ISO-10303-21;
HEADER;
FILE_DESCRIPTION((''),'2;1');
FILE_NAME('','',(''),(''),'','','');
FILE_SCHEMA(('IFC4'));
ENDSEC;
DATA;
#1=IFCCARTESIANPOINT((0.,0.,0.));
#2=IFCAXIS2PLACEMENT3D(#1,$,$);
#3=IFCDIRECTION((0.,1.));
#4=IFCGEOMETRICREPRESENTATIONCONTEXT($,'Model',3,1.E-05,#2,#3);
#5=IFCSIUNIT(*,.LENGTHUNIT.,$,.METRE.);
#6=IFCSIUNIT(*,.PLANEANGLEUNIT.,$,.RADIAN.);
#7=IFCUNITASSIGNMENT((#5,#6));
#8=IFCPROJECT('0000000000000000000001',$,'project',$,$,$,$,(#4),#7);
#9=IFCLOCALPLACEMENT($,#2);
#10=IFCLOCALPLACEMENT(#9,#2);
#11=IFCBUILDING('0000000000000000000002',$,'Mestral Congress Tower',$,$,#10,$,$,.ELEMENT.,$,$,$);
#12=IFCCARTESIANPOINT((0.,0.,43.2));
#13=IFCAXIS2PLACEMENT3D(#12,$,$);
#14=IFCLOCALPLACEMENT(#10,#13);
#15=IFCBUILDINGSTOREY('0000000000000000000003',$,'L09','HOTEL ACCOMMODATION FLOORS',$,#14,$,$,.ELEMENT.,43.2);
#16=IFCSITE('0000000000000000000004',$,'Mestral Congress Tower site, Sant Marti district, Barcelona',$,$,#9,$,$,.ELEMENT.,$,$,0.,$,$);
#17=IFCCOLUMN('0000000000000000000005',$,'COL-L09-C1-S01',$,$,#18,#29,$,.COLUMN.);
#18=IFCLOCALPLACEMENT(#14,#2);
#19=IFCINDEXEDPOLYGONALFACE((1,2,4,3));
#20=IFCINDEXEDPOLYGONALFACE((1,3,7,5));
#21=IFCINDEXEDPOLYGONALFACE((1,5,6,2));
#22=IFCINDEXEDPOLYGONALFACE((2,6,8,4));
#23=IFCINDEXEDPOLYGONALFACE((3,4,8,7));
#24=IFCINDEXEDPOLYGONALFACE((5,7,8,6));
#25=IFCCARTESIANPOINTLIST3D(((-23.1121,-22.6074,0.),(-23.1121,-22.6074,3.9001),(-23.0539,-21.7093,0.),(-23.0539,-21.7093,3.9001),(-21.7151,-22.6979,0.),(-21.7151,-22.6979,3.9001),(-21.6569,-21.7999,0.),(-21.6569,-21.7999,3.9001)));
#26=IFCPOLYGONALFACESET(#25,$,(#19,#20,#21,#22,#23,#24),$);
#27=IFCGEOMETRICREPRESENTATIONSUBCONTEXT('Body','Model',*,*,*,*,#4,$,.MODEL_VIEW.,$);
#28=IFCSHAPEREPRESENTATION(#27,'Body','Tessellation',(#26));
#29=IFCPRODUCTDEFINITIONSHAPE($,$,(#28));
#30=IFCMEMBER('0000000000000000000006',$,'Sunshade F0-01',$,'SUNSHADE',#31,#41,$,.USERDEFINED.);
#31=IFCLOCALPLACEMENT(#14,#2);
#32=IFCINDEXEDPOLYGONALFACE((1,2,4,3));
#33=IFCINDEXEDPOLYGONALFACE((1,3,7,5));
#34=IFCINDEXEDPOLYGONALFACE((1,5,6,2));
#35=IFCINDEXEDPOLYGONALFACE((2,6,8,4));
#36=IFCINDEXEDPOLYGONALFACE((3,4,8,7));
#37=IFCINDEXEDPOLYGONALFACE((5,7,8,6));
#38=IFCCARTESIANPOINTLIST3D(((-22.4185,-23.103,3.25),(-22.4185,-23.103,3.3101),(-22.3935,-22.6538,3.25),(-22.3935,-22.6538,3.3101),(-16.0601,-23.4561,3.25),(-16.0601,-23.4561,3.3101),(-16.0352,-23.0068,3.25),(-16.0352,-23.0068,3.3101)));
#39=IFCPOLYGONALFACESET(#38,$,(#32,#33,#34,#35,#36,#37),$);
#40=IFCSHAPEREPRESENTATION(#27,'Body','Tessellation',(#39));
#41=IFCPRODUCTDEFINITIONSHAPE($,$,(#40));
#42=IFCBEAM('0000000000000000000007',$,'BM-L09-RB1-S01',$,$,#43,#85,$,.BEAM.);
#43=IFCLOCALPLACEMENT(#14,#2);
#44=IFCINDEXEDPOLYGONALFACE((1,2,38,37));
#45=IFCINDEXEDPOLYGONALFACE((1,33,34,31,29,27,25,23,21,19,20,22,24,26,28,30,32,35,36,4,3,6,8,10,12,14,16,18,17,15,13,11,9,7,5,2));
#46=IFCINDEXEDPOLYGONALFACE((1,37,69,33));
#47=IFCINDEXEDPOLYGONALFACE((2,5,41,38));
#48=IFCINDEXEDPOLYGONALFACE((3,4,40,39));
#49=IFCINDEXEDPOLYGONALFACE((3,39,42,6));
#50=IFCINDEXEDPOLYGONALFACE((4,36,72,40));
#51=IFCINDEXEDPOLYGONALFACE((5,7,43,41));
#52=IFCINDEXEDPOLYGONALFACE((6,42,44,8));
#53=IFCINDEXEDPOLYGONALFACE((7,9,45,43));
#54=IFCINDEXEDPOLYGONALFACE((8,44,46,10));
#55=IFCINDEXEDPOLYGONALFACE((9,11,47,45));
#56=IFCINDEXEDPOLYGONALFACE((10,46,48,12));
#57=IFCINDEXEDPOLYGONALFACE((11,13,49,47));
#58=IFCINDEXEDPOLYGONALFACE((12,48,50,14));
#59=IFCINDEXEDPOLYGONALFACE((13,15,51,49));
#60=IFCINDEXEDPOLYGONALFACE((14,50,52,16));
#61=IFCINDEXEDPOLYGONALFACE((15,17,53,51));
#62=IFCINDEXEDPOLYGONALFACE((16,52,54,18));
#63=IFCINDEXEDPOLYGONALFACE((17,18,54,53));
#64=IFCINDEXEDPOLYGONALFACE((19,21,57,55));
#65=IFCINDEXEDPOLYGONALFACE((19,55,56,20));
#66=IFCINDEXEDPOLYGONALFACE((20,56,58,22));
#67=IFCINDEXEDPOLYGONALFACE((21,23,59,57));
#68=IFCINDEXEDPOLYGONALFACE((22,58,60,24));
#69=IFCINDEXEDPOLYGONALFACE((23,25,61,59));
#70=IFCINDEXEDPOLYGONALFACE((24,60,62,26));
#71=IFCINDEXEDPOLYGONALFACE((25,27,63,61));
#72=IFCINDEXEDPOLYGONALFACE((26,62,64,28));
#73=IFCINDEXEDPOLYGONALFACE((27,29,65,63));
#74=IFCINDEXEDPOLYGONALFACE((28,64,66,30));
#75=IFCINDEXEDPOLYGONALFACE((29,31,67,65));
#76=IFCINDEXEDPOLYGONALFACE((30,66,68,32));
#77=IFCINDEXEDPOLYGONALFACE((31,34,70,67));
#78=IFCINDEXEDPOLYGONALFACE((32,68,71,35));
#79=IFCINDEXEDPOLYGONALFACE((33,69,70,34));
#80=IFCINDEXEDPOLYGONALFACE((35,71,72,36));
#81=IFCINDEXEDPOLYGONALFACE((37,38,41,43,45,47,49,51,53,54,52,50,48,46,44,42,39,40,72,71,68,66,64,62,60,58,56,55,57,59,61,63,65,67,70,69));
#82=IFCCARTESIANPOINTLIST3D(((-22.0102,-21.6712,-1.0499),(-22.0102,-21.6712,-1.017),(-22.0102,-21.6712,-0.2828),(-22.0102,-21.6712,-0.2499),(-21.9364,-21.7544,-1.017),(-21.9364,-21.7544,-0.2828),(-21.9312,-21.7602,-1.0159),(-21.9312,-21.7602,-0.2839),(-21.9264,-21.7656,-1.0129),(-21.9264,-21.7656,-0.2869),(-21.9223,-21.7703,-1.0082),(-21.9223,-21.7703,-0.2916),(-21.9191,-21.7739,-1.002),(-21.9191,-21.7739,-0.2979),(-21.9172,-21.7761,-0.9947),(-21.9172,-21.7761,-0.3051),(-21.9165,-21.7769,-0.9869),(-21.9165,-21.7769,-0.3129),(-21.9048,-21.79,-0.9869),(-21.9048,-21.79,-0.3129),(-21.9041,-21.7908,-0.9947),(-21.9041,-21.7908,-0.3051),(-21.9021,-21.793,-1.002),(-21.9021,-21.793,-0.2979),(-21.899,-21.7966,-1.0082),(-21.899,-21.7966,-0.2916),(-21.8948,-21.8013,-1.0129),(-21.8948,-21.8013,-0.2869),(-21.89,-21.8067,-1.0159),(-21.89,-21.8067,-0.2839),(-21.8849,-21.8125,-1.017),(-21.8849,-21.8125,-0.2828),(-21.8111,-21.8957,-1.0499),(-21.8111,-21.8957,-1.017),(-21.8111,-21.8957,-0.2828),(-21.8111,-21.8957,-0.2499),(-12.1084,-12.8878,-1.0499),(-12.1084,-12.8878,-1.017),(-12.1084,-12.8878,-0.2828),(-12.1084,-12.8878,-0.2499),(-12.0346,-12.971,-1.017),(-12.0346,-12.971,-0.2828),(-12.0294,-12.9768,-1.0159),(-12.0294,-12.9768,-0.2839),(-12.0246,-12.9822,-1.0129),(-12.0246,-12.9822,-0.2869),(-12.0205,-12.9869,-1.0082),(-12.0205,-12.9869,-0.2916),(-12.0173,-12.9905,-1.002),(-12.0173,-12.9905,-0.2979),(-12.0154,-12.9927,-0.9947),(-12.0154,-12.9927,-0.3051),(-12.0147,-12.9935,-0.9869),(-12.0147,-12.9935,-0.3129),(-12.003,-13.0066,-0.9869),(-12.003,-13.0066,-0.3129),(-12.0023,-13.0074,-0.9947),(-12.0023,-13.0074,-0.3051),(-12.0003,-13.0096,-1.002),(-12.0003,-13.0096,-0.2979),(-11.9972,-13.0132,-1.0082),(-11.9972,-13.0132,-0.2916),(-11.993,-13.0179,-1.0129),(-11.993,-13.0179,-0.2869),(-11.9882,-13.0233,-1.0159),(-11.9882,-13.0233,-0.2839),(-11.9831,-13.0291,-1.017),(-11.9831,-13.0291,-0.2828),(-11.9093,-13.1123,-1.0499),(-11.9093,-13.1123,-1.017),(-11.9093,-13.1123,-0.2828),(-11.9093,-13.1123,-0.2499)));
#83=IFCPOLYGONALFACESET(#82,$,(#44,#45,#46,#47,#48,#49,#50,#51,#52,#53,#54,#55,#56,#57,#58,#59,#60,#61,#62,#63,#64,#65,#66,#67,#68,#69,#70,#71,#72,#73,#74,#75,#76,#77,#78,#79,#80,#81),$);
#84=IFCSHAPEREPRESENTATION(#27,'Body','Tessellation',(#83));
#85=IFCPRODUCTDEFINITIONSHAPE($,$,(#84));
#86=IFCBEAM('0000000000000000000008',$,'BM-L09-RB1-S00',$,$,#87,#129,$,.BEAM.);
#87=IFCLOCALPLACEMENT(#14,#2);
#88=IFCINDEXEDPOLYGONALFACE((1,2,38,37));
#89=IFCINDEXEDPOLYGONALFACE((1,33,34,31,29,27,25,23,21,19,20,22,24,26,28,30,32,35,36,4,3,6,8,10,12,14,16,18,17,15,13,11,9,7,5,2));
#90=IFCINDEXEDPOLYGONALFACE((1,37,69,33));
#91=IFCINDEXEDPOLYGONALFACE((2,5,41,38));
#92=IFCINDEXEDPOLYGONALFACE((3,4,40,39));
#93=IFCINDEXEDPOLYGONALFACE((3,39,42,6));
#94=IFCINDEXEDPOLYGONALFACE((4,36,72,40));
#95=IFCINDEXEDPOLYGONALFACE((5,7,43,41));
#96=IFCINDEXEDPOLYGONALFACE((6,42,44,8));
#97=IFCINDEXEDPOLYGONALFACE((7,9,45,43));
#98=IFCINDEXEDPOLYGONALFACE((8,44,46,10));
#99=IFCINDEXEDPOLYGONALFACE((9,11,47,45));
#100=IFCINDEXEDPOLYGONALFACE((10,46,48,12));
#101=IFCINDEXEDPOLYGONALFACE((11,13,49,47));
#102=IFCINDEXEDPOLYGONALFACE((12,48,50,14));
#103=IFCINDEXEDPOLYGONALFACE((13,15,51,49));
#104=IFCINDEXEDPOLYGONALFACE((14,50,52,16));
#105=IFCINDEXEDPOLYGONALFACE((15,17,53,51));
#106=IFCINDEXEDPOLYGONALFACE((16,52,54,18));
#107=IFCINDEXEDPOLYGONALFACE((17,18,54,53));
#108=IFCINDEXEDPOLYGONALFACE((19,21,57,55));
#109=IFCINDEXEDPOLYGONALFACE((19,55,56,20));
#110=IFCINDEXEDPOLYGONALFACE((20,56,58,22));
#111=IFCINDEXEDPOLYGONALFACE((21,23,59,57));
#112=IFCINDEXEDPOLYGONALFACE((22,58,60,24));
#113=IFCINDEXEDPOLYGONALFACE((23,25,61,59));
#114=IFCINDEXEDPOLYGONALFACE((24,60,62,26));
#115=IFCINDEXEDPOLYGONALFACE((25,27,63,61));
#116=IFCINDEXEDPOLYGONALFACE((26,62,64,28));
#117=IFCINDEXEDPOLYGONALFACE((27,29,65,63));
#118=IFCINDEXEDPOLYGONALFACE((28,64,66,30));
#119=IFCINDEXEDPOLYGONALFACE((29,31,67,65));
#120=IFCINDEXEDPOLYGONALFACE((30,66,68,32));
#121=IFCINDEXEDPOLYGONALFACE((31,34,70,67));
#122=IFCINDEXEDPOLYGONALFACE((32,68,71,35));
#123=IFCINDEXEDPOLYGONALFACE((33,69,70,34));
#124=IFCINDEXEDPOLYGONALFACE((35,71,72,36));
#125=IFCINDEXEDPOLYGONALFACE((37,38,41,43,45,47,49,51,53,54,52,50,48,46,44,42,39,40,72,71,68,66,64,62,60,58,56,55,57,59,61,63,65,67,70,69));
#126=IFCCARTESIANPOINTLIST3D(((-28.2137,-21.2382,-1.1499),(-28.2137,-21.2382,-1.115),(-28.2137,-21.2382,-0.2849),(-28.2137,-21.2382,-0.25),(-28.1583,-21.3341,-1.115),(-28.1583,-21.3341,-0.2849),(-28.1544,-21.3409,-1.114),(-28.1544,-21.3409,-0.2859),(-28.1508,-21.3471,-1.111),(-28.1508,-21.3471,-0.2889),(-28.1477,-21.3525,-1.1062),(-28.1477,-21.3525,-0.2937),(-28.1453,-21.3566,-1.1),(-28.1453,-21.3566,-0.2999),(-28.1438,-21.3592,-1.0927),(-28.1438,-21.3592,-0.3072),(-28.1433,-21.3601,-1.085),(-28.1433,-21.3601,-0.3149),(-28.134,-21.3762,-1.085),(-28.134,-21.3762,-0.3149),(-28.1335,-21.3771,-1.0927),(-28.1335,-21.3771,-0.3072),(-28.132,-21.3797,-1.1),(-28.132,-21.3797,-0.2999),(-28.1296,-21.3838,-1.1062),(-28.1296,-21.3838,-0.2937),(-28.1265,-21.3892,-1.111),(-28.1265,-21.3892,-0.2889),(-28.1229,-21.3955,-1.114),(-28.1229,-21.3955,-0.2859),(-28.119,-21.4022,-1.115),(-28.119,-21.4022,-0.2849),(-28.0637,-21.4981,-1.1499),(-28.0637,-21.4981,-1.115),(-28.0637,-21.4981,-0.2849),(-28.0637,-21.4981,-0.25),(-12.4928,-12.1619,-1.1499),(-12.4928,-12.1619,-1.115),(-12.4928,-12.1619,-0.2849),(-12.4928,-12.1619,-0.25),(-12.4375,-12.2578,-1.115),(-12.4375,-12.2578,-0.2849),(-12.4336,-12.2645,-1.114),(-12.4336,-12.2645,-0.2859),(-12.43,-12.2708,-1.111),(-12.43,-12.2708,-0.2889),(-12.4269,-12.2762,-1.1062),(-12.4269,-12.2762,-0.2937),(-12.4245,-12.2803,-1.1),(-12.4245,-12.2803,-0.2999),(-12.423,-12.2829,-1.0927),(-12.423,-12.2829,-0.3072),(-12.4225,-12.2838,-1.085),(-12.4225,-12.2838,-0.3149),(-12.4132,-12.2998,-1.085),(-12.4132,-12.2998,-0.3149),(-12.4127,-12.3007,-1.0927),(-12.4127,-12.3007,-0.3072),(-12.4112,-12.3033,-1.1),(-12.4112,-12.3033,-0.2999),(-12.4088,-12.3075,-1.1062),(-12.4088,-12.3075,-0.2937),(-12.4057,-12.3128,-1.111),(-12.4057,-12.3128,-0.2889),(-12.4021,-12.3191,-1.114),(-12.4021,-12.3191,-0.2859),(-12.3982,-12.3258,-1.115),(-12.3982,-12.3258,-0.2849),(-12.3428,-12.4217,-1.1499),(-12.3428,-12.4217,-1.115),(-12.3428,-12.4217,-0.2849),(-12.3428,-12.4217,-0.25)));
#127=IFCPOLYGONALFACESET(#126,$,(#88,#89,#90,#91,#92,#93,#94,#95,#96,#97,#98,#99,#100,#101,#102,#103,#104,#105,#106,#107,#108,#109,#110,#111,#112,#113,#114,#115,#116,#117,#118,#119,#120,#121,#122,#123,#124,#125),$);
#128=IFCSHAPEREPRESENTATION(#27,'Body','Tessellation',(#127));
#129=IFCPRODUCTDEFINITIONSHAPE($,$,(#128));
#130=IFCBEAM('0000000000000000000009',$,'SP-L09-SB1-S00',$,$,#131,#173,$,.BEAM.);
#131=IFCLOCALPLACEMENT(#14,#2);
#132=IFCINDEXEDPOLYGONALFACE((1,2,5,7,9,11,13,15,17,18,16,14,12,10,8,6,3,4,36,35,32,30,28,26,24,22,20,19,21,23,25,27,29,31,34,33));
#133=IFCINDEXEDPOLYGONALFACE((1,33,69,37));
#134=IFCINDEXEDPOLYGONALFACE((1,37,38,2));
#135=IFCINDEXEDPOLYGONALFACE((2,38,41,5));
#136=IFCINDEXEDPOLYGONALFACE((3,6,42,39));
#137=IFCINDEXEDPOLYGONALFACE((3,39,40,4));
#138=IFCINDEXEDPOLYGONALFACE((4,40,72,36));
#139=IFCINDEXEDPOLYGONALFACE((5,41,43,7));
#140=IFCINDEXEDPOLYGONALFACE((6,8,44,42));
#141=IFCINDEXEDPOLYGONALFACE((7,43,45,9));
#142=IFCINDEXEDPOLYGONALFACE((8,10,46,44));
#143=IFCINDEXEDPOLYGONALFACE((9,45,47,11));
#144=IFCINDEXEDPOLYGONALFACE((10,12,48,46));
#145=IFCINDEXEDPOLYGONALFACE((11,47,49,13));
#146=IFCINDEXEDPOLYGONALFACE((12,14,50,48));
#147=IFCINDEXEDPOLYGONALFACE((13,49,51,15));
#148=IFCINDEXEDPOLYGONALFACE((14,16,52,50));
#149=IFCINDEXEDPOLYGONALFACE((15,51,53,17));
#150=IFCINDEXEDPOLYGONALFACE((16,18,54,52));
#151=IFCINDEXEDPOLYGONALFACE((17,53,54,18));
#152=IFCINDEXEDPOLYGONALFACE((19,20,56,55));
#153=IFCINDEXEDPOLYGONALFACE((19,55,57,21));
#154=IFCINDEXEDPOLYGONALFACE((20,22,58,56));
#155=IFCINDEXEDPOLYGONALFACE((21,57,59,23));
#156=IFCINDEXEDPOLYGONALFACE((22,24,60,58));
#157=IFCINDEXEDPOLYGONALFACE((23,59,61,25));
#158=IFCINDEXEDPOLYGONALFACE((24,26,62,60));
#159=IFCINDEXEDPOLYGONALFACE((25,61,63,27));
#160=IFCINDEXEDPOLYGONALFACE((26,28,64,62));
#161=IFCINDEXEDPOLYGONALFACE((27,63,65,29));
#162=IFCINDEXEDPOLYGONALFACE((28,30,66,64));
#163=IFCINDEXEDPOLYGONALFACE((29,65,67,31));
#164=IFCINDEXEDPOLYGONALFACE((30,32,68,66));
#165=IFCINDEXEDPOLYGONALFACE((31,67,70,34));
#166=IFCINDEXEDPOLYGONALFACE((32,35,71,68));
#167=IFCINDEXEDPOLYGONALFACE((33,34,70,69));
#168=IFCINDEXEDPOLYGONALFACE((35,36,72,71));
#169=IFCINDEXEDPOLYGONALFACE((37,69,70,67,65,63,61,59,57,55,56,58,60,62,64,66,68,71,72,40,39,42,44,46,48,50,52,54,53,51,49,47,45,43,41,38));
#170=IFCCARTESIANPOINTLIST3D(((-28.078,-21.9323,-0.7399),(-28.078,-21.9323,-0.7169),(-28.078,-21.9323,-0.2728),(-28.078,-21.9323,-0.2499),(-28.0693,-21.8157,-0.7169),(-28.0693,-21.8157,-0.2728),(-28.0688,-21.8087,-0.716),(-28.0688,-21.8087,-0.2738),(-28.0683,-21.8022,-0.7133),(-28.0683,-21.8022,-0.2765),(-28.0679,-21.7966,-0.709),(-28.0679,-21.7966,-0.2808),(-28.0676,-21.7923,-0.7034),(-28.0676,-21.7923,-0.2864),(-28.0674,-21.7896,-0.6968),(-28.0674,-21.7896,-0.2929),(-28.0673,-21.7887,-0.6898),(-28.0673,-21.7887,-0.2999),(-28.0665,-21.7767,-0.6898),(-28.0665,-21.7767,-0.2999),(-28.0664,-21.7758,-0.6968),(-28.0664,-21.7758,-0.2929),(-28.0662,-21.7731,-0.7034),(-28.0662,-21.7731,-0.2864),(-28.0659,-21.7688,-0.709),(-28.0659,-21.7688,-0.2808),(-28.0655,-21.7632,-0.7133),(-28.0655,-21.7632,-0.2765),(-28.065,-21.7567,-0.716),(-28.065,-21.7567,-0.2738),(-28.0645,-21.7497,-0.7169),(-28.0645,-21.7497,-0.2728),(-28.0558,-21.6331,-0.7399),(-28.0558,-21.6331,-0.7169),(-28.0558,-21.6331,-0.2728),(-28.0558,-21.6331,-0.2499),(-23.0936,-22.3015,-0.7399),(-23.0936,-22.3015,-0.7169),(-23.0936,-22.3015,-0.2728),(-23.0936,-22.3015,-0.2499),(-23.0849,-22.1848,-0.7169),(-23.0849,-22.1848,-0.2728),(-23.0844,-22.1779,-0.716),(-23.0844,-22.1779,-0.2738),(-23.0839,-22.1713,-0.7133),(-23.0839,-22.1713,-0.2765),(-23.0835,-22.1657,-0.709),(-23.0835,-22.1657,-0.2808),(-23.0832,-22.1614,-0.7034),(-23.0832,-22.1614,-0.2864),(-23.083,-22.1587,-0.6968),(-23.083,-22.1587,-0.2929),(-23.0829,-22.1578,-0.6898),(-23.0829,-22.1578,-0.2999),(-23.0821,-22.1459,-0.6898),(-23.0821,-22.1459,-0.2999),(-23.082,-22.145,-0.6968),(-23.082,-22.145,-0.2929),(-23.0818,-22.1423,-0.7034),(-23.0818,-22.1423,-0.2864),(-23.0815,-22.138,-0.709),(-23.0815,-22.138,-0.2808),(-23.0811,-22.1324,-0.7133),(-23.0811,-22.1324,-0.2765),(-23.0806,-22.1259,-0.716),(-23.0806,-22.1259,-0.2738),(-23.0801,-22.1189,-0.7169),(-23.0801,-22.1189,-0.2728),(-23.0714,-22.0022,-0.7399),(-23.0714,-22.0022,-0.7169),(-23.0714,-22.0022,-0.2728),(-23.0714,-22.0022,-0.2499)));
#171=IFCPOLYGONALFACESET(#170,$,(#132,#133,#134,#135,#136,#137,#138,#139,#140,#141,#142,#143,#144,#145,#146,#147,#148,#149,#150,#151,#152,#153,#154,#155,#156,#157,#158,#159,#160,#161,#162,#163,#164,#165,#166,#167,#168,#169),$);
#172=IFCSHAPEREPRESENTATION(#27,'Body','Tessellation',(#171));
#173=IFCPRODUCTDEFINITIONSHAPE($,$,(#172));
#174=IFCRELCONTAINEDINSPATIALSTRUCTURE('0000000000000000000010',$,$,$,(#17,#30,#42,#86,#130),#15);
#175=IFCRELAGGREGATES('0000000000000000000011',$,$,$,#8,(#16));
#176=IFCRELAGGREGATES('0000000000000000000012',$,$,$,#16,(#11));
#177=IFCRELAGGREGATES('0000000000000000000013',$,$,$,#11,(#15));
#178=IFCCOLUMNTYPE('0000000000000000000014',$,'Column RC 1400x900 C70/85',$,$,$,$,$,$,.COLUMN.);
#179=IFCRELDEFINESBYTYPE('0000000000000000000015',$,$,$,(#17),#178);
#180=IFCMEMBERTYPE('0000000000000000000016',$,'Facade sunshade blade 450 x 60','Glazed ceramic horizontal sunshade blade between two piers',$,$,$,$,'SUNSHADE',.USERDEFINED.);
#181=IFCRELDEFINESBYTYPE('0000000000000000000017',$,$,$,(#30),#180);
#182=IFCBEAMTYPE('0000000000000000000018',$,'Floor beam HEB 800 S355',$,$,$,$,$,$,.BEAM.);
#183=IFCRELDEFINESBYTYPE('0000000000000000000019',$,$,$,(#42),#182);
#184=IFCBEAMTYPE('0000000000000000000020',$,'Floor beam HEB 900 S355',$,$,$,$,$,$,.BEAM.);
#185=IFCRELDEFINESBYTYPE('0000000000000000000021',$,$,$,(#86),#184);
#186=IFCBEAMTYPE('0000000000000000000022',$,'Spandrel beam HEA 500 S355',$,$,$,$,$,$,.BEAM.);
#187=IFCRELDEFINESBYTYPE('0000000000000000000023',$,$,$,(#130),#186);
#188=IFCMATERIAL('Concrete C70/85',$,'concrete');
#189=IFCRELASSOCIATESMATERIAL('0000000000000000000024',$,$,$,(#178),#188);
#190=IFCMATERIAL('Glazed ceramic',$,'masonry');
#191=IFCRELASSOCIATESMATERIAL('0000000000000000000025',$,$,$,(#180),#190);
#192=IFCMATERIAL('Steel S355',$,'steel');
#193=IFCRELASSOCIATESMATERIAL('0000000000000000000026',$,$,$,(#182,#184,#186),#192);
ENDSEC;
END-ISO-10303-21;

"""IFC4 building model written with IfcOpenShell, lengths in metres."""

from ifc_helpers import new_model, si_unit, direction, frame, origin, origin_2d, place, context, subcontext, project, spatial, rectangle, i_section, extrude, material, material_profile, profile_set, type_object, element, save


model = new_model("IFC4")

# Units and contexts
model_context = context("Model", 3, precision=1e-05, world=origin(), true_north=direction((0.0, 1.0)))
body_context = subcontext(model_context, "Body", "Model", "MODEL_VIEW")
ifc_project = project(units=[si_unit("LENGTHUNIT", "METRE"), si_unit("PLANEANGLEUNIT", "RADIAN")], contexts=[model_context])

# Site, building, storey
site_placement = place(None, origin())
site = spatial("IfcSite", under=ifc_project, at=site_placement, Name="Mestral Congress Tower site, Sant Marti district, Barcelona", CompositionType="ELEMENT", RefElevation=0.0)
building_placement = place(site_placement, origin())
building = spatial("IfcBuilding", under=site, at=building_placement, Name="Mestral Congress Tower", CompositionType="ELEMENT")
storey_placement = place(building_placement, frame((0.0, 0.0, 43.2)))
storey = spatial("IfcBuildingStorey", under=building, at=storey_placement, Name="L09", Description="HOTEL ACCOMMODATION FLOORS", CompositionType="ELEMENT", Elevation=43.2)

# Column
ifc_material_1 = material(Name="Concrete C70/85", Category="concrete")
ifc_material_profile_1 = material_profile(ifc_material_1, rectangle(XDim=1.3999, YDim=0.8999, at=origin_2d()), Name="RC 1400x900")
ifc_profile_set_1 = profile_set([ifc_material_profile_1], Name="Concrete C70/85")
column_type = type_object("IfcColumnType", Name="Column RC 1400x900 C70/85", PredefinedType="COLUMN", material=ifc_profile_set_1)
column_placement = place(storey_placement, frame((-22.3845, -22.2036, 0.0), z_axis=(0.0, 0.0, 1.0), x_axis=(0.997908, -0.064658, 0.0)))
element("IfcColumn", 1, at=column_placement, inside=storey, type_object=column_type, Name="COL-L09-C1-S01", PredefinedType="COLUMN", context=body_context, shape_type="SweptSolid", body=[
    extrude(rectangle(XDim=1.3999, YDim=0.8999, at=origin_2d()), origin(), (0.0, 0.0, 1.0), 3.9001),
])

# Member
ifc_material_2 = material(Name="Glazed ceramic", Category="masonry")
ifc_material_profile_2 = material_profile(ifc_material_2, rectangle(XDim=0.45, YDim=0.0601, at=origin_2d()), Name="Ceramic blade 450 x 60")
ifc_profile_set_2 = profile_set([ifc_material_profile_2], Name="Glazed ceramic")
member_type = type_object("IfcMemberType", Name="Facade sunshade blade 450 x 60", Description="Glazed ceramic horizontal sunshade blade between two piers", ElementType="SUNSHADE", PredefinedType="USERDEFINED", material=ifc_profile_set_2)
member_placement = place(storey_placement, frame((-22.406, -22.8784, 3.28), z_axis=(0.998462, -0.055436, 0.0), x_axis=(0.055436, 0.998462, 0.0)))
element("IfcMember", 2, at=member_placement, inside=storey, type_object=member_type, Name="Sunshade F0-01", ObjectType="SUNSHADE", PredefinedType="USERDEFINED", context=body_context, shape_type="SweptSolid", body=[
    extrude(rectangle(XDim=0.45, YDim=0.0601, at=origin_2d()), origin(), (0.0, 0.0, 1.0), 6.3682),
])

# Beams
ifc_material_3 = material(Name="Steel S355", Category="steel")
ifc_material_profile_3 = material_profile(ifc_material_3, i_section(OverallWidth=0.3, OverallDepth=0.8, WebThickness=0.0176, FlangeThickness=0.033, FilletRadius=0.03, at=origin_2d()), Name="HEB 800")
ifc_profile_set_3 = profile_set([ifc_material_profile_3], Name="Steel S355")
beam_type_1 = type_object("IfcBeamType", Name="Floor beam HEB 800 S355", PredefinedType="BEAM", material=ifc_profile_set_3)
beam_1_placement = place(storey_placement, frame((-21.9106, -21.7834, -0.6499), z_axis=(0.748092, 0.663595, 0.0), x_axis=(-0.663595, 0.748092, 0.0)))
element("IfcBeam", 3, at=beam_1_placement, inside=storey, type_object=beam_type_1, Name="BM-L09-RB1-S01", PredefinedType="BEAM", context=body_context, shape_type="SweptSolid", body=[
    extrude(i_section(OverallWidth=0.3, OverallDepth=0.8, WebThickness=0.0176, FlangeThickness=0.033, FilletRadius=0.03, at=origin_2d()), origin(), (0.0, 0.0, 1.0), 13.2361),
])
ifc_material_profile_4 = material_profile(ifc_material_3, i_section(OverallWidth=0.3, OverallDepth=0.8999, WebThickness=0.0186, FlangeThickness=0.0349, FilletRadius=0.03, at=origin_2d()), Name="HEB 900")
ifc_profile_set_4 = profile_set([ifc_material_profile_4], Name="Steel S355")
beam_type_2 = type_object("IfcBeamType", Name="Floor beam HEB 900 S355", PredefinedType="BEAM", material=ifc_profile_set_4)
beam_2_placement = place(storey_placement, frame((-28.1387, -21.3682, -0.7), z_axis=(0.866027, 0.499997, 0.0), x_axis=(-0.499997, 0.866027, 0.0)))
element("IfcBeam", 4, at=beam_2_placement, inside=storey, type_object=beam_type_2, Name="BM-L09-RB1-S00", PredefinedType="BEAM", context=body_context, shape_type="SweptSolid", body=[
    extrude(i_section(OverallWidth=0.3, OverallDepth=0.8999, WebThickness=0.0186, FlangeThickness=0.0349, FilletRadius=0.03, at=origin_2d()), origin(), (0.0, 0.0, 1.0), 18.1528),
])
ifc_material_profile_5 = material_profile(ifc_material_3, i_section(OverallWidth=0.3, OverallDepth=0.49, WebThickness=0.012, FlangeThickness=0.0229, FilletRadius=0.0271, at=origin_2d()), Name="HEA 500")
ifc_profile_set_5 = profile_set([ifc_material_profile_5], Name="Steel S355")
beam_type_3 = type_object("IfcBeamType", Name="Spandrel beam HEA 500 S355", PredefinedType="BEAM", material=ifc_profile_set_5)
beam_3_placement = place(storey_placement, frame((-28.0669, -21.7827, -0.4949), z_axis=(0.997269, -0.073857, 0.0), x_axis=(0.073857, 0.997269, 0.0)))
element("IfcBeam", 5, at=beam_3_placement, inside=storey, type_object=beam_type_3, Name="SP-L09-SB1-S00", PredefinedType="BEAM", context=body_context, shape_type="SweptSolid", body=[
    extrude(i_section(OverallWidth=0.3, OverallDepth=0.49, WebThickness=0.012, FlangeThickness=0.0229, FilletRadius=0.0271, at=origin_2d()), origin(), (0.0, 0.0, 1.0), 4.998),
])

save(model, "model.ifc")
